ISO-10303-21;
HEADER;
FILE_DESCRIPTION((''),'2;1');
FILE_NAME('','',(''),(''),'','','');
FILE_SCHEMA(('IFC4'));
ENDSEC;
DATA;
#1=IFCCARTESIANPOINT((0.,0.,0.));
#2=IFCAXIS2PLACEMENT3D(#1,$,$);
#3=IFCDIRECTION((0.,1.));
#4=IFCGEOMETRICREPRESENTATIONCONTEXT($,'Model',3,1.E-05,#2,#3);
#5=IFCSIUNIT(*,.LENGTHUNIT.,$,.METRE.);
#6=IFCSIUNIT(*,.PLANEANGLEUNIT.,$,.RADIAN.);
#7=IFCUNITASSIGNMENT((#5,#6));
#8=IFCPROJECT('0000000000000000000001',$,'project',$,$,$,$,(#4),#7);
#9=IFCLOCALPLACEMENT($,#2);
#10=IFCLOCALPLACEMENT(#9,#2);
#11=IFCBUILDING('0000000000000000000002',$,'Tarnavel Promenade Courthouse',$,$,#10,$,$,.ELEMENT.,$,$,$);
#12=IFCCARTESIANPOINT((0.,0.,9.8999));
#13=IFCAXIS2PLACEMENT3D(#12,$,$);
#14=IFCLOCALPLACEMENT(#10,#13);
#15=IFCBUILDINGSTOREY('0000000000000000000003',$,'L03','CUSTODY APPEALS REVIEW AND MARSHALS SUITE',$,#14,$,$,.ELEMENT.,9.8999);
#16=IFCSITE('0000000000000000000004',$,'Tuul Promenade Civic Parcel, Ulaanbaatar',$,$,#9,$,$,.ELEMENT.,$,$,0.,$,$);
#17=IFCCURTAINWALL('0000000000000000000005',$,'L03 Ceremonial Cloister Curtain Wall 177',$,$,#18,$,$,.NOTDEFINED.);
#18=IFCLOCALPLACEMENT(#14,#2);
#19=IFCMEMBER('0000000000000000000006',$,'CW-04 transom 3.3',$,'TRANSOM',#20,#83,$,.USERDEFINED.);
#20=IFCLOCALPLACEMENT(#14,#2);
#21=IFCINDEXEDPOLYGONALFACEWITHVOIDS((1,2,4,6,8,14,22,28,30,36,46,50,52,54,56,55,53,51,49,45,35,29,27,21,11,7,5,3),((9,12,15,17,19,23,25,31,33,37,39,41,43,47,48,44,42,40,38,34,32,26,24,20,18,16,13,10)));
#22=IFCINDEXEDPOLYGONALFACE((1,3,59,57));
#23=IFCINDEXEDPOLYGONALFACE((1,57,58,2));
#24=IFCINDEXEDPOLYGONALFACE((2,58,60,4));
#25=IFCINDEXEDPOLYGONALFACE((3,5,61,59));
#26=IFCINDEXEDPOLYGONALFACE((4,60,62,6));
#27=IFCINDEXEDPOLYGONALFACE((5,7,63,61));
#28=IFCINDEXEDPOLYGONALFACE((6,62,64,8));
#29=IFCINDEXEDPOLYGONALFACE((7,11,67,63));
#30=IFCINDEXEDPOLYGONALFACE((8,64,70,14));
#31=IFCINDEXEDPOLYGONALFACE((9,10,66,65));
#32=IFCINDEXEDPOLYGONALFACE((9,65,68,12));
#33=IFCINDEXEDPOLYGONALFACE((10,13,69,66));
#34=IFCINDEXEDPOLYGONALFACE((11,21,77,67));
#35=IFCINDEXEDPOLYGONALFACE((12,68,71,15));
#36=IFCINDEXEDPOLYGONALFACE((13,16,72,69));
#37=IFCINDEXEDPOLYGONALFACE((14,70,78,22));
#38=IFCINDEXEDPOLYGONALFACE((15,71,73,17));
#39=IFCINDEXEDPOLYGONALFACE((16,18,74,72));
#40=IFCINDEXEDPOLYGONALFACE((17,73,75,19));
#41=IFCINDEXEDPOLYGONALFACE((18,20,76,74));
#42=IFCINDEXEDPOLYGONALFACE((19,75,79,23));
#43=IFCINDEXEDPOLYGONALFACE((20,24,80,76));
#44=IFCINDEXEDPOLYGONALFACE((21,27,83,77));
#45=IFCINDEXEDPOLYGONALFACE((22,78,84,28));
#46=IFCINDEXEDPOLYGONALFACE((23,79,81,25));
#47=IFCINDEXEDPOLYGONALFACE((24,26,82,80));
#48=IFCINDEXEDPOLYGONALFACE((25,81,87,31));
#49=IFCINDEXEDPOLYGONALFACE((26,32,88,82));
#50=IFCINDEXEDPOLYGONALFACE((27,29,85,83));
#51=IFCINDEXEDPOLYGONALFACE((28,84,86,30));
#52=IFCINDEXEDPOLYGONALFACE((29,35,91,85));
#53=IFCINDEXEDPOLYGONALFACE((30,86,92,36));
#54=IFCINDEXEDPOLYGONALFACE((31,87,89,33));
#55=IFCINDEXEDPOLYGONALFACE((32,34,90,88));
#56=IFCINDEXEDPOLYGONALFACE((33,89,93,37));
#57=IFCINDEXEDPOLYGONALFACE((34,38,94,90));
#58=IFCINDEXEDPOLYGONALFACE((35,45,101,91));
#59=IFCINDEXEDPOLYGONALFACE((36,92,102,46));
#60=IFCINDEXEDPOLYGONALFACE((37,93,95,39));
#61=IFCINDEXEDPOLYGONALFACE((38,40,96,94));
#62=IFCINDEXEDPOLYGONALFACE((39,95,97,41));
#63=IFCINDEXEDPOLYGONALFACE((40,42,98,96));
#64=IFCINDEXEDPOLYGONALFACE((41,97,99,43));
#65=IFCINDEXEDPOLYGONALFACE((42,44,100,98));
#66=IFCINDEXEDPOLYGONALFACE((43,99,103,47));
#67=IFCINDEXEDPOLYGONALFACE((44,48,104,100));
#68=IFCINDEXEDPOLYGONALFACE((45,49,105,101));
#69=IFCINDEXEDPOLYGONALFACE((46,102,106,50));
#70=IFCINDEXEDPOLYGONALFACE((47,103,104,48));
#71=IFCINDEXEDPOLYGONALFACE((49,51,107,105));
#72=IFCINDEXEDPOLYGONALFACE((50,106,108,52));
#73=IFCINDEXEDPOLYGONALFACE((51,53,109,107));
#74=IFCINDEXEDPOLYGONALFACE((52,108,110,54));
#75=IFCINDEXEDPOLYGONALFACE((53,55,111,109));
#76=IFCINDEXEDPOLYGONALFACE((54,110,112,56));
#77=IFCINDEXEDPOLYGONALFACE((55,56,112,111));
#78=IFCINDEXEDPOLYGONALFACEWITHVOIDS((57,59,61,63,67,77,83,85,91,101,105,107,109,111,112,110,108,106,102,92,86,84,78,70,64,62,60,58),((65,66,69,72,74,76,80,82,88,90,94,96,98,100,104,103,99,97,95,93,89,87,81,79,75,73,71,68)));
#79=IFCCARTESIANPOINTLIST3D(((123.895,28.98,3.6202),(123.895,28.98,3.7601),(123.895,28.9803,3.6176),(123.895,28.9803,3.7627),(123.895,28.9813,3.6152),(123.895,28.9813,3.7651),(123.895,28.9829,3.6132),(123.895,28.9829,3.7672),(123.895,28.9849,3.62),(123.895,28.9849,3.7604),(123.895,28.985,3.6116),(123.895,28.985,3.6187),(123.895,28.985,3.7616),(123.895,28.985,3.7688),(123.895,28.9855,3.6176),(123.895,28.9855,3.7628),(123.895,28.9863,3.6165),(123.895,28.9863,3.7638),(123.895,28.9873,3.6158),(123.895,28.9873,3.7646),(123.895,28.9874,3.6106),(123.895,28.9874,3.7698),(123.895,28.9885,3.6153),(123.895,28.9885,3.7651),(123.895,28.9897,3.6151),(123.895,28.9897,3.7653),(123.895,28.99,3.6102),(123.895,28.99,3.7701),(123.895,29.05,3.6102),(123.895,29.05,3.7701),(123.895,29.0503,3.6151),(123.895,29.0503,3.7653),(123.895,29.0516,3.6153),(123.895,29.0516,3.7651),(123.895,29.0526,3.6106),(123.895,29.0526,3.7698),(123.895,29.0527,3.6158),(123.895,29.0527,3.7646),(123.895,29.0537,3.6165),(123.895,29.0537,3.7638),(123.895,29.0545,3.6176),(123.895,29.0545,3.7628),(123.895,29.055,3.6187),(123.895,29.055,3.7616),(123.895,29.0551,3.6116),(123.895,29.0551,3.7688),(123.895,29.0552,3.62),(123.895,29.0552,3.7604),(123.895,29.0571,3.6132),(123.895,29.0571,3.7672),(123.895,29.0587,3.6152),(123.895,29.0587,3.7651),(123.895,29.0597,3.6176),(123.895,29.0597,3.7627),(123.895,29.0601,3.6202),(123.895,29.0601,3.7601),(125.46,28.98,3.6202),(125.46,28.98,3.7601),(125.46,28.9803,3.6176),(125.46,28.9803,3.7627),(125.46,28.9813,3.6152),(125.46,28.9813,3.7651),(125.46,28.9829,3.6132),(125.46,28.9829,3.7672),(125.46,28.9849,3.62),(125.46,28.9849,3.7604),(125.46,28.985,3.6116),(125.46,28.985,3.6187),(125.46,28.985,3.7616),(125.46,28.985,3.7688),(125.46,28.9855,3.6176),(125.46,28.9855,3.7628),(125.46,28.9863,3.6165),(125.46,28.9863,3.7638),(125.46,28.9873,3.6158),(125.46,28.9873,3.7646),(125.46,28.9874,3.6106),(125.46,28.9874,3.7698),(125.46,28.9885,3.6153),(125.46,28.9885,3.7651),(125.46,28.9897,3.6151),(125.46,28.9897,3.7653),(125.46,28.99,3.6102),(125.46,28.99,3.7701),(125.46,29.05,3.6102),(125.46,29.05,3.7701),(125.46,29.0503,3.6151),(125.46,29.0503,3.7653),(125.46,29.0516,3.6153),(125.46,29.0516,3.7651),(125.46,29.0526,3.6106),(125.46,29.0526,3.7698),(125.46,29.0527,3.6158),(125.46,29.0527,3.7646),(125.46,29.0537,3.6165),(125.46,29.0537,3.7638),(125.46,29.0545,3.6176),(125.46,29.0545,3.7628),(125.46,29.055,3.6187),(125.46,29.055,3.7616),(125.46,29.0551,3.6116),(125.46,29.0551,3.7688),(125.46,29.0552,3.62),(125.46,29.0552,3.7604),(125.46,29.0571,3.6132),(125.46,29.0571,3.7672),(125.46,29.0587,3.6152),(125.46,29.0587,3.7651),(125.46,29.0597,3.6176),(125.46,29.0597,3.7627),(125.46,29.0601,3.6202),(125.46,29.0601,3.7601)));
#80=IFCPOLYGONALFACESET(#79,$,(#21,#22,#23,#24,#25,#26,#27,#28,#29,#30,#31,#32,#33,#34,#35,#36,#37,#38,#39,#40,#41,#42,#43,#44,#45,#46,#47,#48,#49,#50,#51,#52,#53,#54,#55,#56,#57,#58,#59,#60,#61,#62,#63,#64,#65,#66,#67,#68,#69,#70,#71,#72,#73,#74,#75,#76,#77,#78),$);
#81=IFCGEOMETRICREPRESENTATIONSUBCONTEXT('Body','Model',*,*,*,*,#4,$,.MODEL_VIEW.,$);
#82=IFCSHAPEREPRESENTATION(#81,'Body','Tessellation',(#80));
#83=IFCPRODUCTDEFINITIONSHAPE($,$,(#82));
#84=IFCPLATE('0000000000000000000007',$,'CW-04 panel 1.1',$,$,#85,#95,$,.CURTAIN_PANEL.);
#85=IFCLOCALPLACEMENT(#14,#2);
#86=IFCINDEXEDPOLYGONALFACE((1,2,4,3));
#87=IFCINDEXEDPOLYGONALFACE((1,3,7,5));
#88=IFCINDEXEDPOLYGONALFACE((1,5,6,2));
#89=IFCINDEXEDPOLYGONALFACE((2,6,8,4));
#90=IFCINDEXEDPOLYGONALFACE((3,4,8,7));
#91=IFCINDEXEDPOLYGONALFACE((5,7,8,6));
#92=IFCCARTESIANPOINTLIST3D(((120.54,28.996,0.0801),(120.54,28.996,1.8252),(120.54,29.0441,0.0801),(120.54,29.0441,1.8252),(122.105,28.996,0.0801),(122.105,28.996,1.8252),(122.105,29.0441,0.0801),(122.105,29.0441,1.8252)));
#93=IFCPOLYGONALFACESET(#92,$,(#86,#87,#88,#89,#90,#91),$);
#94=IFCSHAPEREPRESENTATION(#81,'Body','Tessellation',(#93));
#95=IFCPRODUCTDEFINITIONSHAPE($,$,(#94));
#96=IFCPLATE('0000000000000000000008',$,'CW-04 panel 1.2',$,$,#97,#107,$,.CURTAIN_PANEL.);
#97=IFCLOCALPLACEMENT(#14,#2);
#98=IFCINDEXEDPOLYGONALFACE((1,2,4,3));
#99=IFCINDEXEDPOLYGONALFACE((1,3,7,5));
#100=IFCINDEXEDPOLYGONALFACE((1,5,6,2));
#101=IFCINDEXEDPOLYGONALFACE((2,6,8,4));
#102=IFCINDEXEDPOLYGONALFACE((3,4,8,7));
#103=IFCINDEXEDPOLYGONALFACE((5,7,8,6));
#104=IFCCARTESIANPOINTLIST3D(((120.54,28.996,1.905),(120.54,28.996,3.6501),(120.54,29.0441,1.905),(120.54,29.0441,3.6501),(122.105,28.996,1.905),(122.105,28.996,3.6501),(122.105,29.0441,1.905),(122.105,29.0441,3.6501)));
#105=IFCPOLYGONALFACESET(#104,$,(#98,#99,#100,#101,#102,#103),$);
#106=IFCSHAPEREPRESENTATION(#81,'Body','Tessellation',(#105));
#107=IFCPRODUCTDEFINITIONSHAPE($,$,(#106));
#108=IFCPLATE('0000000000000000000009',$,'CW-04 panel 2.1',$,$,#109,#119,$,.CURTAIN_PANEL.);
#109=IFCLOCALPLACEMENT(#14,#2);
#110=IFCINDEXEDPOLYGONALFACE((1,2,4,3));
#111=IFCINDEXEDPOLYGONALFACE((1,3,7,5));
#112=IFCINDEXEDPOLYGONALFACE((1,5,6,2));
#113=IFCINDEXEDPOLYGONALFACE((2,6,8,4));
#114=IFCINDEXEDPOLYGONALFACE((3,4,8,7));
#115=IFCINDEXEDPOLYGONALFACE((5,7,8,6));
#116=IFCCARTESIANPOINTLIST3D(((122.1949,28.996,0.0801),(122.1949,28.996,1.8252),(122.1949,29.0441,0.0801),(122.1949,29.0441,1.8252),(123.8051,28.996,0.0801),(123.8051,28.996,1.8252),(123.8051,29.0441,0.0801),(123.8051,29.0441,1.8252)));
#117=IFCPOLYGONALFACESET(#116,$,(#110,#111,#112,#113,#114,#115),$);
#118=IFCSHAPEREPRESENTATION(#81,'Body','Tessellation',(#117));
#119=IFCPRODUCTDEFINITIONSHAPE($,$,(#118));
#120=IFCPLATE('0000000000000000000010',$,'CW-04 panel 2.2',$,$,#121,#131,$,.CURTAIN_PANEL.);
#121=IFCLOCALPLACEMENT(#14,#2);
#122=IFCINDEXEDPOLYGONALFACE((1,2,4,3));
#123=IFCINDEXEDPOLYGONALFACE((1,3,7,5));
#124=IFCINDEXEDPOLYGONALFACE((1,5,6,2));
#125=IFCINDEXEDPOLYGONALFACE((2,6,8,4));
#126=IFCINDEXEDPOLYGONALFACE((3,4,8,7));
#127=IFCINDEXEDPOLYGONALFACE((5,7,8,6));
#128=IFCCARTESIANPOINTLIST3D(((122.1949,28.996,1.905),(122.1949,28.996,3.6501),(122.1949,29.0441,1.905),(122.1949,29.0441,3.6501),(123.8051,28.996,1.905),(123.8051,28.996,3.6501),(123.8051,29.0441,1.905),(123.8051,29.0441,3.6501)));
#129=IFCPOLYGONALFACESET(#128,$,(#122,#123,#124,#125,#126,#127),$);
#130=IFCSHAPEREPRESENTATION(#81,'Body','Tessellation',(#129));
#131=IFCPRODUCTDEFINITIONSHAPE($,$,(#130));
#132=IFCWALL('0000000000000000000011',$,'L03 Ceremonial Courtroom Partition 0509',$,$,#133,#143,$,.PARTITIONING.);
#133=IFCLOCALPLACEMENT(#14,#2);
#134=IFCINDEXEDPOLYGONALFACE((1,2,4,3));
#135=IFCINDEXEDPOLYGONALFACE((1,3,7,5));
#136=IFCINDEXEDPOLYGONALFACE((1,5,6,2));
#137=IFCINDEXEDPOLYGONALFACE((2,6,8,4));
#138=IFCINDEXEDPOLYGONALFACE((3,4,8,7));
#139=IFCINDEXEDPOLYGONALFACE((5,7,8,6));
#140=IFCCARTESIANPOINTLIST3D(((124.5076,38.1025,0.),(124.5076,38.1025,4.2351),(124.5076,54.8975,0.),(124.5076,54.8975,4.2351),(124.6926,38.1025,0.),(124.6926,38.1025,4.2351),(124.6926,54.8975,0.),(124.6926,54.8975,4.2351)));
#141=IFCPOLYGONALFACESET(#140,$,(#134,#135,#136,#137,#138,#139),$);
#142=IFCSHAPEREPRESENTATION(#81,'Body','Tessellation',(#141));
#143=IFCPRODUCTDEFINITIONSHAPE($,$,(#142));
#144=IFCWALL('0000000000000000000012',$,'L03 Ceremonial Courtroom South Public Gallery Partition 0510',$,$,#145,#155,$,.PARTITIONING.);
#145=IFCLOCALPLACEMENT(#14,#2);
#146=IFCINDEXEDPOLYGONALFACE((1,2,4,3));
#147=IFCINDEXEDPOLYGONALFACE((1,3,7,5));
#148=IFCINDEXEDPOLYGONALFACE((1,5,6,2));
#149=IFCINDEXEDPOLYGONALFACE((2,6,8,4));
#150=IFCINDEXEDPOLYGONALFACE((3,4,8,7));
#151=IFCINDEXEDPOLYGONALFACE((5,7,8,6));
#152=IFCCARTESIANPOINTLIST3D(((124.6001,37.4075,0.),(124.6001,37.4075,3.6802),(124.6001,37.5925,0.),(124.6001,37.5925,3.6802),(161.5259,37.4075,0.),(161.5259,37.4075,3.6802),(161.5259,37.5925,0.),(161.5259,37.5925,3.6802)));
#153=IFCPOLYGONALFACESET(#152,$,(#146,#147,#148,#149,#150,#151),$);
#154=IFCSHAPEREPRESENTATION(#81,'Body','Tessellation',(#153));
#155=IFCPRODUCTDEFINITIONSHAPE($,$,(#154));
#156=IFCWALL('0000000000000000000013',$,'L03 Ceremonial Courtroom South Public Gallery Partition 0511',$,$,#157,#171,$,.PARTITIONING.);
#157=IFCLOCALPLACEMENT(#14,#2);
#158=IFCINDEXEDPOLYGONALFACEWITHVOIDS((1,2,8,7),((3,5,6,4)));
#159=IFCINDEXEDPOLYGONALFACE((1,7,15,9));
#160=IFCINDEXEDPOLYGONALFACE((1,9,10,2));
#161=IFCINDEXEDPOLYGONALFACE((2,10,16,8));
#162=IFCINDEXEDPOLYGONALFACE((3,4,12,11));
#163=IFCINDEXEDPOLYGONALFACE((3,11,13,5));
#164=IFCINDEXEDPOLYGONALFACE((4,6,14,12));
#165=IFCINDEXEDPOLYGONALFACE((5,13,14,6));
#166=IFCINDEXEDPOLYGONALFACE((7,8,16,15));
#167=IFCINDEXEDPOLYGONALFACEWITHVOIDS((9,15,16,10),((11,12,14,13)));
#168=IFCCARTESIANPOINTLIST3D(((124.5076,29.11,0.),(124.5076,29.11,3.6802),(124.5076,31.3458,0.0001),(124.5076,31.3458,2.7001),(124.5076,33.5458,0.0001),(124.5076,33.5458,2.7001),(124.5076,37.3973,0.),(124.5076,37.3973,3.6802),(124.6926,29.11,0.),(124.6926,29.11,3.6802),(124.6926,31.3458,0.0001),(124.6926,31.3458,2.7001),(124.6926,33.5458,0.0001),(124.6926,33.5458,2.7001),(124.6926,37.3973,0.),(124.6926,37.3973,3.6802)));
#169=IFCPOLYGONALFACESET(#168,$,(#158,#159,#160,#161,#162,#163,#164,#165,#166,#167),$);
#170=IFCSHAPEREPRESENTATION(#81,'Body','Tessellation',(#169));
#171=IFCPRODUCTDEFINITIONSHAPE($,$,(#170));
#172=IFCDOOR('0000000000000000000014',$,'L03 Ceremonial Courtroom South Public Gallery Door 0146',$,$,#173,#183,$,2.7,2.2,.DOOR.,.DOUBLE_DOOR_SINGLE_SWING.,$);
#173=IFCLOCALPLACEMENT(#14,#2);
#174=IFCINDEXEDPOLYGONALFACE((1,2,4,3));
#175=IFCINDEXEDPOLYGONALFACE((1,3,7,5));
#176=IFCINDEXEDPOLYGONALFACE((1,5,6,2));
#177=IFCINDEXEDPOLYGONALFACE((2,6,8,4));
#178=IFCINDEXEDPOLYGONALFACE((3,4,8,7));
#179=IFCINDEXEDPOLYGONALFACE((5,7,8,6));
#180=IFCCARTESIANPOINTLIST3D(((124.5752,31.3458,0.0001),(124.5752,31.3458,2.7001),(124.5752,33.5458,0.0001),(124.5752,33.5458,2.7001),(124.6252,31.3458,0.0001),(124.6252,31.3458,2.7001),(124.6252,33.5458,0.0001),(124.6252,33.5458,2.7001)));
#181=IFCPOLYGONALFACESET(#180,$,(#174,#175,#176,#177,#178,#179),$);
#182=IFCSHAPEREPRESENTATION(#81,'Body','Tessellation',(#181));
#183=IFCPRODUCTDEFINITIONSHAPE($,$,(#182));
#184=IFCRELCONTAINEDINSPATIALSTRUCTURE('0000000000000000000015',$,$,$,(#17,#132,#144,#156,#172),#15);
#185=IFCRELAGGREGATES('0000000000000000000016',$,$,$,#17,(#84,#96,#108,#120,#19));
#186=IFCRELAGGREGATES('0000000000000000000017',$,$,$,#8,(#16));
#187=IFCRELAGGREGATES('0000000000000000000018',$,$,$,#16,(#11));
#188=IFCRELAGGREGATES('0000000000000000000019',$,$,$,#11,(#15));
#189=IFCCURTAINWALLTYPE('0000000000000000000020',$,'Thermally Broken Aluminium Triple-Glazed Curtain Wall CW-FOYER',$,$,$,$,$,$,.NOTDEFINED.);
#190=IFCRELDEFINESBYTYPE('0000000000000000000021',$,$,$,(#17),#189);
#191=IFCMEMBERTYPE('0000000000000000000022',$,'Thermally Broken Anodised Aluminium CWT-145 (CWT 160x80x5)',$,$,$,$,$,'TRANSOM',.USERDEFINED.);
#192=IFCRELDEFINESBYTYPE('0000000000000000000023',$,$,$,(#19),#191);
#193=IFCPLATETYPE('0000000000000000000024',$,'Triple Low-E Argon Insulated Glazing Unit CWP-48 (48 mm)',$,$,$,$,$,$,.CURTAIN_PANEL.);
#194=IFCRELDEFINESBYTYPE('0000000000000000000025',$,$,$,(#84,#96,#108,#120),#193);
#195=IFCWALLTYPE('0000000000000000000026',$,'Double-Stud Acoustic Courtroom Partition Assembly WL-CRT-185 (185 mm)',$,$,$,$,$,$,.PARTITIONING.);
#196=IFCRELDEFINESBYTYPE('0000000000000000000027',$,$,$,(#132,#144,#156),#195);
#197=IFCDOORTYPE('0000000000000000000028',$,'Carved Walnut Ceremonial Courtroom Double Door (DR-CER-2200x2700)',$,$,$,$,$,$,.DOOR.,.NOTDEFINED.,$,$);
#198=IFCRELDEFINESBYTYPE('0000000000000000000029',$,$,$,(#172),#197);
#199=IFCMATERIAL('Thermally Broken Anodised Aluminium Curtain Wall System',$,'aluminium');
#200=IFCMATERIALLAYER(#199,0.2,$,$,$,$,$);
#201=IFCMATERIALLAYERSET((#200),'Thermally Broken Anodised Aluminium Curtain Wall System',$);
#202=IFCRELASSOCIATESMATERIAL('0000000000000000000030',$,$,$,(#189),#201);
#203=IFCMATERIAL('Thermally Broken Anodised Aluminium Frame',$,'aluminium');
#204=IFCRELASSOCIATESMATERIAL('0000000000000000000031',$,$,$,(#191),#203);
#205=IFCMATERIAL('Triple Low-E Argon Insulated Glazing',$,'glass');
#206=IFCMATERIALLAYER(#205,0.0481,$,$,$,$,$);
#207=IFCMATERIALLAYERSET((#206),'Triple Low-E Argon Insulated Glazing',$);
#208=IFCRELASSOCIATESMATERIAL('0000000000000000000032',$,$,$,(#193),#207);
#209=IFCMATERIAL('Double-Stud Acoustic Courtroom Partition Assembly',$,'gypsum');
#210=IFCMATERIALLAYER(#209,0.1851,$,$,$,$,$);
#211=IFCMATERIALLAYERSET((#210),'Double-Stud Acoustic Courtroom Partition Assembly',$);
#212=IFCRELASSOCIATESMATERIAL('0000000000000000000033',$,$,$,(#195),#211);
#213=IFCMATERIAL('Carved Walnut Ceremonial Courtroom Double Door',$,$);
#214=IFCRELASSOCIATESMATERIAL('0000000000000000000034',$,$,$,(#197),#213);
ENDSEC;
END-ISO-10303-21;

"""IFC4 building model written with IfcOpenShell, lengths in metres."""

from ifc_helpers import new_model, si_unit, direction, frame, frame_2d, origin, origin_2d, place, context, subcontext, project, spatial, rectangle, hollow_rectangle, extrude, material, layer, layer_set, material_profile, profile_set, type_object, element, fill, aggregate, save


model = new_model("IFC4")

# Units and contexts
model_context = context("Model", 3, precision=1e-05, world=origin(), true_north=direction((0.0, 1.0)))
body_context = subcontext(model_context, "Body", "Model", "MODEL_VIEW")
ifc_project = project(units=[si_unit("LENGTHUNIT", "METRE"), si_unit("PLANEANGLEUNIT", "RADIAN")], contexts=[model_context])

# Site, building, storey
site_placement = place(None, origin())
site = spatial("IfcSite", under=ifc_project, at=site_placement, Name="Tuul Promenade Civic Parcel, Ulaanbaatar", CompositionType="ELEMENT", RefElevation=0.0)
building_placement = place(site_placement, origin())
building = spatial("IfcBuilding", under=site, at=building_placement, Name="Tarnavel Promenade Courthouse", CompositionType="ELEMENT")
storey_placement = place(building_placement, frame((0.0, 0.0, 9.8999)))
storey = spatial("IfcBuildingStorey", under=building, at=storey_placement, Name="L03", Description="CUSTODY APPEALS REVIEW AND MARSHALS SUITE", CompositionType="ELEMENT", Elevation=9.8999)

# Curtain wall, member, plates
ifc_material_1 = material(Name="Thermally Broken Anodised Aluminium Curtain Wall System", Category="aluminium")
ifc_layer_1 = layer(ifc_material_1, 0.2)
ifc_layer_set_1 = layer_set([ifc_layer_1], Name="Thermally Broken Anodised Aluminium Curtain Wall System")
curtain_wall_type = type_object("IfcCurtainWallType", Name="Thermally Broken Aluminium Triple-Glazed Curtain Wall CW-FOYER", PredefinedType="NOTDEFINED", material=ifc_layer_set_1)
curtain_wall_placement = place(storey_placement, origin())
curtain_wall = element("IfcCurtainWall", 1, at=curtain_wall_placement, inside=storey, type_object=curtain_wall_type, Name="L03 Ceremonial Cloister Curtain Wall 177", PredefinedType="NOTDEFINED")
ifc_material_2 = material(Name="Thermally Broken Anodised Aluminium Frame", Category="aluminium")
ifc_material_profile_1 = material_profile(ifc_material_2, hollow_rectangle(XDim=0.0801, YDim=0.1599, WallThickness=0.0049, InnerFilletRadius=0.0049, OuterFilletRadius=0.01, at=origin_2d()), Name="CWT 160x80x5")
ifc_profile_set_1 = profile_set([ifc_material_profile_1], Name="Thermally Broken Anodised Aluminium Frame")
member_type_1 = type_object("IfcMemberType", Name="Thermally Broken Anodised Aluminium CWT-145 (CWT 160x80x5)", ElementType="TRANSOM", PredefinedType="USERDEFINED", material=ifc_profile_set_1)
member_1_placement = place(storey_placement, frame((123.895, 29.02, 3.6902), z_axis=(1.0, 0.0, 0.0), x_axis=(0.0, 1.0, 0.0)))
member_1 = element("IfcMember", 2, at=member_1_placement, type_object=member_type_1, Name="CW-04 transom 3.3", ObjectType="TRANSOM", PredefinedType="USERDEFINED", context=body_context, shape_type="SweptSolid", body=[
    extrude(hollow_rectangle(XDim=0.0801, YDim=0.1599, WallThickness=0.0049, InnerFilletRadius=0.0049, OuterFilletRadius=0.01, at=origin_2d()), origin(), (0.0, 0.0, 1.0), 1.5649),
])
ifc_material_3 = material(Name="Triple Low-E Argon Insulated Glazing", Category="glass")
ifc_layer_2 = layer(ifc_material_3, 0.0481)
ifc_layer_set_2 = layer_set([ifc_layer_2], Name="Triple Low-E Argon Insulated Glazing")
plate_type = type_object("IfcPlateType", Name="Triple Low-E Argon Insulated Glazing Unit CWP-48 (48 mm)", PredefinedType="CURTAIN_PANEL", material=ifc_layer_set_2)
plate_1_placement = place(storey_placement, frame((121.3225, 29.02, 0.0801), z_axis=(0.0, 0.0, 1.0), x_axis=(1.0, 0.0, 0.0)))
plate_1 = element("IfcPlate", 3, at=plate_1_placement, type_object=plate_type, Name="CW-04 panel 1.1", PredefinedType="CURTAIN_PANEL", context=body_context, shape_type="SweptSolid", body=[
    extrude(rectangle(XDim=1.5649, YDim=0.0481, at=origin_2d()), origin(), (0.0, 0.0, 1.0), 1.7451),
])
plate_2_placement = place(storey_placement, frame((121.3225, 29.02, 1.905), z_axis=(0.0, 0.0, 1.0), x_axis=(1.0, 0.0, 0.0)))
plate_2 = element("IfcPlate", 4, at=plate_2_placement, type_object=plate_type, Name="CW-04 panel 1.2", PredefinedType="CURTAIN_PANEL", context=body_context, shape_type="SweptSolid", body=[
    extrude(rectangle(XDim=1.5649, YDim=0.0481, at=origin_2d()), origin(), (0.0, 0.0, 1.0), 1.7451),
])
plate_3_placement = place(storey_placement, frame((123.0, 29.02, 0.0801), z_axis=(0.0, 0.0, 1.0), x_axis=(1.0, 0.0, 0.0)))
plate_3 = element("IfcPlate", 5, at=plate_3_placement, type_object=plate_type, Name="CW-04 panel 2.1", PredefinedType="CURTAIN_PANEL", context=body_context, shape_type="SweptSolid", body=[
    extrude(rectangle(XDim=1.6101, YDim=0.0481, at=origin_2d()), origin(), (0.0, 0.0, 1.0), 1.7451),
])
plate_4_placement = place(storey_placement, frame((123.0, 29.02, 1.905), z_axis=(0.0, 0.0, 1.0), x_axis=(1.0, 0.0, 0.0)))
plate_4 = element("IfcPlate", 6, at=plate_4_placement, type_object=plate_type, Name="CW-04 panel 2.2", PredefinedType="CURTAIN_PANEL", context=body_context, shape_type="SweptSolid", body=[
    extrude(rectangle(XDim=1.6101, YDim=0.0481, at=origin_2d()), origin(), (0.0, 0.0, 1.0), 1.7451),
])
aggregate(curtain_wall, [plate_1, plate_2, plate_3, plate_4, member_1])

# Walls
ifc_material_4 = material(Name="Double-Stud Acoustic Courtroom Partition Assembly", Category="gypsum")
ifc_layer_3 = layer(ifc_material_4, 0.1851)
ifc_layer_set_3 = layer_set([ifc_layer_3], Name="Double-Stud Acoustic Courtroom Partition Assembly")
wall_type = type_object("IfcWallType", Name="Double-Stud Acoustic Courtroom Partition Assembly WL-CRT-185 (185 mm)", PredefinedType="PARTITIONING", material=ifc_layer_set_3)
wall_1_placement = place(storey_placement, frame((124.6001, 38.1025, 0.0), z_axis=(0.0, 0.0, 1.0), x_axis=(0.0, 1.0, 0.0)))
element("IfcWall", 7, at=wall_1_placement, inside=storey, type_object=wall_type, Name="L03 Ceremonial Courtroom Partition 0509", PredefinedType="PARTITIONING", context=body_context, shape_type="SweptSolid", body=[
    extrude(rectangle(XDim=16.7949, YDim=0.1851, at=frame_2d((8.3975, 0.0))), origin(), (0.0, 0.0, 1.0), 4.2351),
])
wall_2_placement = place(storey_placement, frame((124.6001, 37.5, 0.0), z_axis=(0.0, 0.0, 1.0), x_axis=(1.0, 0.0, 0.0)))
element("IfcWall", 8, at=wall_2_placement, inside=storey, type_object=wall_type, Name="L03 Ceremonial Courtroom South Public Gallery Partition 0510", PredefinedType="PARTITIONING", context=body_context, shape_type="SweptSolid", body=[
    extrude(rectangle(XDim=36.9258, YDim=0.1851, at=frame_2d((18.4629, 0.0))), origin(), (0.0, 0.0, 1.0), 3.6802),
])

# Wall, opening, door
wall_3_placement = place(storey_placement, frame((124.6001, 29.1101, 0.0), z_axis=(0.0, 0.0, 1.0), x_axis=(0.0, 1.0, 0.0)))
wall_3 = element("IfcWall", 9, at=wall_3_placement, inside=storey, type_object=wall_type, Name="L03 Ceremonial Courtroom South Public Gallery Partition 0511", PredefinedType="PARTITIONING", context=body_context, shape_type="SweptSolid", body=[
    extrude(rectangle(XDim=8.2874, YDim=0.1851, at=frame_2d((4.1436, 0.0))), origin(), (0.0, 0.0, 1.0), 3.6802),
])
opening_placement = place(wall_3_placement, frame((2.2356, 0.0, 0.0)))
opening = element("IfcOpeningElement", 10, at=opening_placement, cuts=wall_3, PredefinedType="OPENING", context=body_context, shape_type="SweptSolid", body=[
    extrude(rectangle(XDim=2.2, YDim=2.7, at=frame_2d((1.1001, 1.3501))), frame((0.0, 0.1025, 0.0), z_axis=(0.0, -1.0, 0.0), x_axis=(1.0, 0.0, 0.0)), (0.0, 0.0, 1.0), 0.2051),
])
ifc_material_5 = material(Name="Carved Walnut Ceremonial Courtroom Double Door")
door_type = type_object("IfcDoorType", Name="Carved Walnut Ceremonial Courtroom Double Door (DR-CER-2200x2700)", OperationType="NOTDEFINED", PredefinedType="DOOR", material=ifc_material_5)
door_placement = place(opening_placement, origin())
door = element("IfcDoor", 11, at=door_placement, inside=storey, type_object=door_type, Name="L03 Ceremonial Courtroom South Public Gallery Door 0146", OperationType="DOUBLE_DOOR_SINGLE_SWING", OverallHeight=2.7, OverallWidth=2.2, PredefinedType="DOOR", context=body_context, shape_type="SweptSolid", body=[
    extrude(rectangle(XDim=2.2, YDim=2.7, at=frame_2d((1.1001, 1.3501))), frame((0.0, 0.0249, 0.0), z_axis=(0.0, -1.0, 0.0), x_axis=(1.0, 0.0, 0.0)), (0.0, 0.0, 1.0), 0.05),
])
fill(opening, door)

save(model, "model.ifc")
